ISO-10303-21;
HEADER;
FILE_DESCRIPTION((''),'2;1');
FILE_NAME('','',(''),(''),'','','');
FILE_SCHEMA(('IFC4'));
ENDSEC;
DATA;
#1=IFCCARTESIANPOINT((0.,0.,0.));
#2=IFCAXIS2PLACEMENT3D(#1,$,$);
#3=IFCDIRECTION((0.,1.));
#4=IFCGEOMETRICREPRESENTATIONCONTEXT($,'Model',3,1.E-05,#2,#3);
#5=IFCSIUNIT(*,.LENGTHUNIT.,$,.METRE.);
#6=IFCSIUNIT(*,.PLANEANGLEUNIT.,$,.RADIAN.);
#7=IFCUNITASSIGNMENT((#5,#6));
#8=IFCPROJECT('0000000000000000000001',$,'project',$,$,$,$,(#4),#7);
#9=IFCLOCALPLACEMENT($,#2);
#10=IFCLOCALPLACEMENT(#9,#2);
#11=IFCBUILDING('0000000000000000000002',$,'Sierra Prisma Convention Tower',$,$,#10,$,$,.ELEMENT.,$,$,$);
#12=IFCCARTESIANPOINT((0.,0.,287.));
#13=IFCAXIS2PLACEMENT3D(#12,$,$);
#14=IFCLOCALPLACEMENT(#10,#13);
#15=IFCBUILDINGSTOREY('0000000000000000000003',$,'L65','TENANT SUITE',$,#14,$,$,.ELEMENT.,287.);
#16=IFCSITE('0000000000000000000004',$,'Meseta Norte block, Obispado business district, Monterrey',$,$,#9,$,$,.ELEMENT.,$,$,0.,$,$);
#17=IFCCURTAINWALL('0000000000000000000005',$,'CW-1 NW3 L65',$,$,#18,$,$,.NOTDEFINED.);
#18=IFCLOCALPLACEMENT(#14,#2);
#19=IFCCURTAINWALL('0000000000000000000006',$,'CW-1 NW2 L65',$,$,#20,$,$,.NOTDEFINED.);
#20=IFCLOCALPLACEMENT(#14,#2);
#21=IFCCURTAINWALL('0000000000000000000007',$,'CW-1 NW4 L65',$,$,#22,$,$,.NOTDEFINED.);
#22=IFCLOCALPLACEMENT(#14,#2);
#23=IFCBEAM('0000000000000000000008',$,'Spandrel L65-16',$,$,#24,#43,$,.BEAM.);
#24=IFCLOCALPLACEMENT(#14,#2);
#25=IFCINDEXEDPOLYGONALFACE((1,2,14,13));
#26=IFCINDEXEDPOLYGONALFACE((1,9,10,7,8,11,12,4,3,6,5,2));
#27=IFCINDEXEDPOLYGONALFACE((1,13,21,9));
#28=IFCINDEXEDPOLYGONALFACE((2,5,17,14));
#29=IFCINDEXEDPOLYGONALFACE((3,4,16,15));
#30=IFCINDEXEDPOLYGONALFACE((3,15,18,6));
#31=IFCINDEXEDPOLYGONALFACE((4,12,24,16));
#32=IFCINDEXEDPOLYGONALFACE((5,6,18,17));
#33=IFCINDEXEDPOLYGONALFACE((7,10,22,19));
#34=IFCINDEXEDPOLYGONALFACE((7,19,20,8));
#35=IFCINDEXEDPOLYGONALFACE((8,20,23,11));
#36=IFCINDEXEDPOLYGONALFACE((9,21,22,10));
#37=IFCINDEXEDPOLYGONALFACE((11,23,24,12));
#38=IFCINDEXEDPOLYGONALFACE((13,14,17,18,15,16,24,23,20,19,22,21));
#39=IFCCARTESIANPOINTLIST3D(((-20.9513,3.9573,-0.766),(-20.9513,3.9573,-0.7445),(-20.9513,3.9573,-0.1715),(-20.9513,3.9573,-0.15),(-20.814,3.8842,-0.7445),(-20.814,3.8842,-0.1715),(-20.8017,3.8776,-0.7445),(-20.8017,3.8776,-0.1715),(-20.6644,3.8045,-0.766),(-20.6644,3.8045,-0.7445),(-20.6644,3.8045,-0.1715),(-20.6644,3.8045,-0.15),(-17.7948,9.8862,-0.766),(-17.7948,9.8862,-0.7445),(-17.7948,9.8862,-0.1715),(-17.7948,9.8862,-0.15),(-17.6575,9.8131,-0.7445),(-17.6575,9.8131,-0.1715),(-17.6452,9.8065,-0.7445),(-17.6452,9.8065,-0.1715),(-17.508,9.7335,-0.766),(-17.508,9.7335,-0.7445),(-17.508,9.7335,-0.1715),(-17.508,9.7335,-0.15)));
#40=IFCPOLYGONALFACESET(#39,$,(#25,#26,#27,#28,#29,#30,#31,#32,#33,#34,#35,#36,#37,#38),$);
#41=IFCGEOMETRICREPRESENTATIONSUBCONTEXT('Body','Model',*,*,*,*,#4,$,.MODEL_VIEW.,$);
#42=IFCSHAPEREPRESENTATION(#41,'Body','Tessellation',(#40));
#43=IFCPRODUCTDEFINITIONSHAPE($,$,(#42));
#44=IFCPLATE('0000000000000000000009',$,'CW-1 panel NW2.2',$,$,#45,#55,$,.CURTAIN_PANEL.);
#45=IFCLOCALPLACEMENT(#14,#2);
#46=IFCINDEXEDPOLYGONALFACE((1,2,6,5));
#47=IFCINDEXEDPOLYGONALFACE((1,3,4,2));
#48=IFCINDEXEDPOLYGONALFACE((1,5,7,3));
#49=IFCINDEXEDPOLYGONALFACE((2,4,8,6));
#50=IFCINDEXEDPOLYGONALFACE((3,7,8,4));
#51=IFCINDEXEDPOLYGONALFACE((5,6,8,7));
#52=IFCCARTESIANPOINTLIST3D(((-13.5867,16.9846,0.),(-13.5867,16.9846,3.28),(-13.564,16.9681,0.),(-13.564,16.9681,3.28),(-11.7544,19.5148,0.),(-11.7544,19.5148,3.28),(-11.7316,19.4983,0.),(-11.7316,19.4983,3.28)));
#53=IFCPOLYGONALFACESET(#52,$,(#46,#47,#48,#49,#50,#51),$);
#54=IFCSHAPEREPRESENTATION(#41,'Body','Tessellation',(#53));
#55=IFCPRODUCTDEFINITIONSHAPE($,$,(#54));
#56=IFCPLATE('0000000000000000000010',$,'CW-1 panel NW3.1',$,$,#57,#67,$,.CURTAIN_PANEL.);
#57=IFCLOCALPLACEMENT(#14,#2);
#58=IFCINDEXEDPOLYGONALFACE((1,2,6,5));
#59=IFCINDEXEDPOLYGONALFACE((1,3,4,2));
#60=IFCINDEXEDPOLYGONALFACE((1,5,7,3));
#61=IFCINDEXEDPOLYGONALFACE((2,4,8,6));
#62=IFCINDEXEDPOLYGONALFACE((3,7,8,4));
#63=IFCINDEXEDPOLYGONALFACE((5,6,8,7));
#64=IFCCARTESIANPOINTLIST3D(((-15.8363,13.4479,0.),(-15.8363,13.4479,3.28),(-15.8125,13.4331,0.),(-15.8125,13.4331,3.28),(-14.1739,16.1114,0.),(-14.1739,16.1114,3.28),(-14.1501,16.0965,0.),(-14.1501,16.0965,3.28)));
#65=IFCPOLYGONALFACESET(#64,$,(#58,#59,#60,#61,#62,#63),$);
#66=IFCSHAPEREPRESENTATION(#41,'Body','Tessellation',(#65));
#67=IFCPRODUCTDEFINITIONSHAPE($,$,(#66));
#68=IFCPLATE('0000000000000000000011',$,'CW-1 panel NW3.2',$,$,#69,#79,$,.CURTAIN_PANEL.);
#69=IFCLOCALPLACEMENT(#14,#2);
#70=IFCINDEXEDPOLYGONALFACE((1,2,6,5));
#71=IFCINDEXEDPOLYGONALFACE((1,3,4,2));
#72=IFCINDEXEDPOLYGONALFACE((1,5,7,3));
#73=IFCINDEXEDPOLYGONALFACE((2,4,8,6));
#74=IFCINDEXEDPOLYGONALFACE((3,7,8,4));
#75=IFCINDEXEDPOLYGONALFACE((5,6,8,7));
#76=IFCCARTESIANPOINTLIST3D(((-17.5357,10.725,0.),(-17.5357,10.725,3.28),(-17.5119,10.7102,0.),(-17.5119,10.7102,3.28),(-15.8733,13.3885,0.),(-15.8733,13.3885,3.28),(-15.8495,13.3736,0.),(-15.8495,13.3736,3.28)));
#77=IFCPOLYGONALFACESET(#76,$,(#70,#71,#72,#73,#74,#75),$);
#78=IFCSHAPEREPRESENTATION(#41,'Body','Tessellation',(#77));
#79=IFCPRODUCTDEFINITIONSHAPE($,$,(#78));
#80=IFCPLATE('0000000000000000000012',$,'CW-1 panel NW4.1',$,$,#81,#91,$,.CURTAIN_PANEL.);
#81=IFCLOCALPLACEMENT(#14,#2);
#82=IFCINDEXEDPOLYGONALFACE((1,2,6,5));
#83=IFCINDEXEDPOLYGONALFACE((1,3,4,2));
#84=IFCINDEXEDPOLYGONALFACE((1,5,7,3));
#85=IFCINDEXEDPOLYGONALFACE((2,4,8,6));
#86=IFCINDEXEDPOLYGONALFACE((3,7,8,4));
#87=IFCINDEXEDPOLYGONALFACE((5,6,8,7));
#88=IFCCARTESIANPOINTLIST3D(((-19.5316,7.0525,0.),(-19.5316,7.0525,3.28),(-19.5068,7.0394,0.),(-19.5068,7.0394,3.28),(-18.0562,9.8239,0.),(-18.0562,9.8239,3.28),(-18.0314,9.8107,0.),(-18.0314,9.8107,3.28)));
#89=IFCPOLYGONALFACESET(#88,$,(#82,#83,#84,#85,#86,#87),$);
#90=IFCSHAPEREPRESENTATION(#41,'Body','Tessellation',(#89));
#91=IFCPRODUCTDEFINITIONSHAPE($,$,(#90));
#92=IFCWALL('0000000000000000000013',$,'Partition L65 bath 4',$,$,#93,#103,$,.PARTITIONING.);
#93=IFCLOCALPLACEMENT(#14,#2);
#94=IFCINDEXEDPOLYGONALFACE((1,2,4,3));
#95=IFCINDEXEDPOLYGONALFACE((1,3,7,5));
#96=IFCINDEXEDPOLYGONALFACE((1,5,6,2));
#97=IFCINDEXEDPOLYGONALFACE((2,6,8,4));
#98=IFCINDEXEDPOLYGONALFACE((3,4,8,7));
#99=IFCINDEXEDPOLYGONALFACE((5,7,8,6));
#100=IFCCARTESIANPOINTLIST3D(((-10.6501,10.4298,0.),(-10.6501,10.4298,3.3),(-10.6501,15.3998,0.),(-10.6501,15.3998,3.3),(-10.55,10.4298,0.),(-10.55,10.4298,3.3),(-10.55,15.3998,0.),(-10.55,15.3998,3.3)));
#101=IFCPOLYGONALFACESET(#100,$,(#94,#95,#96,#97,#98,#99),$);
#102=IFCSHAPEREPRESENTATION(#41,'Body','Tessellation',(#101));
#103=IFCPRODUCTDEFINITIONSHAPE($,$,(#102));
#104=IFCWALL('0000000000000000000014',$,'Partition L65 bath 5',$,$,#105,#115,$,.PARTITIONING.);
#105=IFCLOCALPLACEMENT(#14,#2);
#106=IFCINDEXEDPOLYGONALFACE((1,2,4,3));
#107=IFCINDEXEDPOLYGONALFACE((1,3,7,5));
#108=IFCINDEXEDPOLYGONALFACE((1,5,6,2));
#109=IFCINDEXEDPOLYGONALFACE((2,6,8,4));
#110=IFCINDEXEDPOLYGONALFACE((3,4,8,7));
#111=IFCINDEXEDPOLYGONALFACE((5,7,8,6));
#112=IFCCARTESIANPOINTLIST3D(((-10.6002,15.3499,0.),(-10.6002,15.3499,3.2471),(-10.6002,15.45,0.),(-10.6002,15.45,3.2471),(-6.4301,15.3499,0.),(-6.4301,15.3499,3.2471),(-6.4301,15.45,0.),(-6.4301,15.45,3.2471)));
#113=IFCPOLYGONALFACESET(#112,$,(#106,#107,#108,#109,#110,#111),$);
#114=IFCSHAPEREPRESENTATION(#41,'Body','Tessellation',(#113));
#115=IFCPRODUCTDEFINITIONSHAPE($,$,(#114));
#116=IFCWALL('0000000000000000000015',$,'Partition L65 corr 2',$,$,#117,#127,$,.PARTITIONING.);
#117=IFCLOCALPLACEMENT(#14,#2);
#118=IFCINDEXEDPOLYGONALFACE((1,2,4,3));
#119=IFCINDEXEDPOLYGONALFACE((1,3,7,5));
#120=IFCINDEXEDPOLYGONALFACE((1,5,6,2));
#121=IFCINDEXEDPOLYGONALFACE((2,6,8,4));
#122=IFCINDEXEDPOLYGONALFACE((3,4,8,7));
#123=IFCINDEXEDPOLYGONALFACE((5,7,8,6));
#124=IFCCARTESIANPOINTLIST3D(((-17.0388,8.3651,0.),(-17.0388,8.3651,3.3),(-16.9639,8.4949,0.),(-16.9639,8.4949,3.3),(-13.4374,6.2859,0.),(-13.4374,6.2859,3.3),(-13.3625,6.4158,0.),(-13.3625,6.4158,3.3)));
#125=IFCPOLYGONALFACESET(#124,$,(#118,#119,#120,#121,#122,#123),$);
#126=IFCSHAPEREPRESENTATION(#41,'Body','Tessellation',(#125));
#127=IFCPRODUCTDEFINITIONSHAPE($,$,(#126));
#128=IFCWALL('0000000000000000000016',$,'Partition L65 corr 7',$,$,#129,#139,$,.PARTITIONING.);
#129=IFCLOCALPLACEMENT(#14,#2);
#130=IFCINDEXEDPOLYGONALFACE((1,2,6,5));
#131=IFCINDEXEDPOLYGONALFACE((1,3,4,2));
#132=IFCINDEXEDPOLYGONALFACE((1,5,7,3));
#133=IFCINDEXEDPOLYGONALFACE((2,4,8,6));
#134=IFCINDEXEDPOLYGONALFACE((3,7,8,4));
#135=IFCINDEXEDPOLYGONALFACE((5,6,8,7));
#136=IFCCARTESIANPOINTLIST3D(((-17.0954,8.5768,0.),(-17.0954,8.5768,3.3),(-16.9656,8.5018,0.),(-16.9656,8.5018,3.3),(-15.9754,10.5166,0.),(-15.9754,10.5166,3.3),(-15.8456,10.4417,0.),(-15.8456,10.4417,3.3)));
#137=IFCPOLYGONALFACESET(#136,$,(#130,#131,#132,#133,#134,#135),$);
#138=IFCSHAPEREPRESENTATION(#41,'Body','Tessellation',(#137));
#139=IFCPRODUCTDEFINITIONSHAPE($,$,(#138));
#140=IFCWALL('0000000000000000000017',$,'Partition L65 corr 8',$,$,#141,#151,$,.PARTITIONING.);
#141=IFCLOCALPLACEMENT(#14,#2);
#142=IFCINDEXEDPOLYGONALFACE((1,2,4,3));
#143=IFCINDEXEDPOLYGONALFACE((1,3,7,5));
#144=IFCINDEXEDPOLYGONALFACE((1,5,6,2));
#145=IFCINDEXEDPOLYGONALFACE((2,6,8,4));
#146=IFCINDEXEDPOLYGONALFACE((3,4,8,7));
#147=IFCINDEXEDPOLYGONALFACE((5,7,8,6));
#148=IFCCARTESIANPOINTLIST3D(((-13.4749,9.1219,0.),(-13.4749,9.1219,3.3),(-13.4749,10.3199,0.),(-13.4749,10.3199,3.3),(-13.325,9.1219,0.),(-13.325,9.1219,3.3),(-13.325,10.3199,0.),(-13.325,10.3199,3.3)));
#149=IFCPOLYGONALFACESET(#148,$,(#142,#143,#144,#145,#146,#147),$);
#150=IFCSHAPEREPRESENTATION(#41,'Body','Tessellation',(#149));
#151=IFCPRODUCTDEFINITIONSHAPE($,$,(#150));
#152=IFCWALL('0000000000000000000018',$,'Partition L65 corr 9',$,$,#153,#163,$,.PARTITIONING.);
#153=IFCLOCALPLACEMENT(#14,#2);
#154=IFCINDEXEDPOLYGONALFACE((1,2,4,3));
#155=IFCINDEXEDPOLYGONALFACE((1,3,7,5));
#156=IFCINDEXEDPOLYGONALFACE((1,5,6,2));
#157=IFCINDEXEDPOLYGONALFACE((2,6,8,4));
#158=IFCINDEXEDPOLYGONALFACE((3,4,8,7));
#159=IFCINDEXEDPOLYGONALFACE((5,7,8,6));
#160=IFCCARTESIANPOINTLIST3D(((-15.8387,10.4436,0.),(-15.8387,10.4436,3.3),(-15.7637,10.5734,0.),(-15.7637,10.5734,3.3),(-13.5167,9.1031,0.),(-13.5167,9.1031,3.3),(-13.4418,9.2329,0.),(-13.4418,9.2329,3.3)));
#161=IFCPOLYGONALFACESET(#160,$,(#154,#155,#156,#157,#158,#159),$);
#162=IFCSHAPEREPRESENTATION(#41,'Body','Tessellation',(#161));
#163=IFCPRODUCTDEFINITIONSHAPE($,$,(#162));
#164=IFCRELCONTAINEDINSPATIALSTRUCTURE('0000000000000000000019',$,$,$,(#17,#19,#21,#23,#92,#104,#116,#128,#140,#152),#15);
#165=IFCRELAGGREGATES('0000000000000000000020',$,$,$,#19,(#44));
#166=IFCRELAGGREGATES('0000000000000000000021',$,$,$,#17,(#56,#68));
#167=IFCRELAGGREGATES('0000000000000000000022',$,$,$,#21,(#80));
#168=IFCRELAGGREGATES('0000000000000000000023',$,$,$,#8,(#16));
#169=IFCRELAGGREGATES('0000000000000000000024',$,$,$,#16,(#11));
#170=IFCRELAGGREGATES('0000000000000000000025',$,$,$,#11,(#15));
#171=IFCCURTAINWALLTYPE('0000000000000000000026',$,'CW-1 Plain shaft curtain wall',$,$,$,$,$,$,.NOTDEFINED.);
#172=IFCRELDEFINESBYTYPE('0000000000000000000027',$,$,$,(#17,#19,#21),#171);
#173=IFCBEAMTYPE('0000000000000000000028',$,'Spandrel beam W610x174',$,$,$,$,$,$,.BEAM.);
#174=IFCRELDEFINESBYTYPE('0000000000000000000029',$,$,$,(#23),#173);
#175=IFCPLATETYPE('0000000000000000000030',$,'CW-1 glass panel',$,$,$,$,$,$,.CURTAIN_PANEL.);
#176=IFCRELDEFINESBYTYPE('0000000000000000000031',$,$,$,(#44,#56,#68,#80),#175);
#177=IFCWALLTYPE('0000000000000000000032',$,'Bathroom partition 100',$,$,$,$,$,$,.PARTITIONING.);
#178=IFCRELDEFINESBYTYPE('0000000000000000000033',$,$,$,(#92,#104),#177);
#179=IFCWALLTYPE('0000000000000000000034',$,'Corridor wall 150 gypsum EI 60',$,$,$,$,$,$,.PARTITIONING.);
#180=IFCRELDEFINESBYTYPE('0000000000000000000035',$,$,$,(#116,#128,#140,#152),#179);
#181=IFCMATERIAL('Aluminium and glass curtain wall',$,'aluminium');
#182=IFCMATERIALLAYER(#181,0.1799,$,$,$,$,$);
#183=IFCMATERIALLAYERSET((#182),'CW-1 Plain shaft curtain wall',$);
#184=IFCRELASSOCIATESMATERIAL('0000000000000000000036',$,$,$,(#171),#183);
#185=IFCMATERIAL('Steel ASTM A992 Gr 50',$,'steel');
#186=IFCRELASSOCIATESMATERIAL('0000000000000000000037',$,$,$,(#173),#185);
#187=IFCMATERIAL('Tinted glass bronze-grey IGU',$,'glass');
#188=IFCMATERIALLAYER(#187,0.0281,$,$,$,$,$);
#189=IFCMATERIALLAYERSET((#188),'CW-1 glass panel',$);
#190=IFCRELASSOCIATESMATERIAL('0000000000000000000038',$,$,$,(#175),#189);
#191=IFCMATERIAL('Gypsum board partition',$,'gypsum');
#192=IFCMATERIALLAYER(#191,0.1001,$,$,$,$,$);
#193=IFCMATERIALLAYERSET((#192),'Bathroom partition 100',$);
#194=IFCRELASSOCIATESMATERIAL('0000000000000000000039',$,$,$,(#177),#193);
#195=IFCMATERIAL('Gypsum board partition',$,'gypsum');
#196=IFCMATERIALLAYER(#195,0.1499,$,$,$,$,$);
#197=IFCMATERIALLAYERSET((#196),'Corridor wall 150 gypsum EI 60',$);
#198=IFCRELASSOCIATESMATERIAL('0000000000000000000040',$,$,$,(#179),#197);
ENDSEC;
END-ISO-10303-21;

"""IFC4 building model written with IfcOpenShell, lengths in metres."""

from ifc_helpers import new_model, si_unit, direction, frame, frame_2d, origin, origin_2d, place, context, subcontext, project, spatial, rectangle, i_section, extrude, material, layer, layer_set, material_profile, profile_set, type_object, element, aggregate, save


model = new_model("IFC4")

# Units and contexts
model_context = context("Model", 3, precision=1e-05, world=origin(), true_north=direction((0.0, 1.0)))
body_context = subcontext(model_context, "Body", "Model", "MODEL_VIEW")
ifc_project = project(units=[si_unit("LENGTHUNIT", "METRE"), si_unit("PLANEANGLEUNIT", "RADIAN")], contexts=[model_context])

# Site, building, storey
site_placement = place(None, origin())
site = spatial("IfcSite", under=ifc_project, at=site_placement, Name="Meseta Norte block, Obispado business district, Monterrey", CompositionType="ELEMENT", RefElevation=0.0)
building_placement = place(site_placement, origin())
building = spatial("IfcBuilding", under=site, at=building_placement, Name="Sierra Prisma Convention Tower", CompositionType="ELEMENT")
storey_placement = place(building_placement, frame((0.0, 0.0, 287.0)))
storey = spatial("IfcBuildingStorey", under=building, at=storey_placement, Name="L65", Description="TENANT SUITE", CompositionType="ELEMENT", Elevation=287.0)

# Curtain wall
ifc_material_1 = material(Name="Aluminium and glass curtain wall", Category="aluminium")
ifc_layer_1 = layer(ifc_material_1, 0.1799)
ifc_layer_set_1 = layer_set([ifc_layer_1], Name="CW-1 Plain shaft curtain wall")
curtain_wall_type = type_object("IfcCurtainWallType", Name="CW-1 Plain shaft curtain wall", PredefinedType="NOTDEFINED", material=ifc_layer_set_1)
curtain_wall_1_placement = place(storey_placement, origin())
curtain_wall_1 = element("IfcCurtainWall", 1, at=curtain_wall_1_placement, inside=storey, type_object=curtain_wall_type, Name="CW-1 NW3 L65", PredefinedType="NOTDEFINED")

# Curtain wall
curtain_wall_2_placement = place(storey_placement, origin())
curtain_wall_2 = element("IfcCurtainWall", 2, at=curtain_wall_2_placement, inside=storey, type_object=curtain_wall_type, Name="CW-1 NW2 L65", PredefinedType="NOTDEFINED")

# Curtain wall
curtain_wall_3_placement = place(storey_placement, origin())
curtain_wall_3 = element("IfcCurtainWall", 3, at=curtain_wall_3_placement, inside=storey, type_object=curtain_wall_type, Name="CW-1 NW4 L65", PredefinedType="NOTDEFINED")

# Beam
ifc_material_2 = material(Name="Steel ASTM A992 Gr 50", Category="steel")
ifc_material_profile_1 = material_profile(ifc_material_2, i_section(OverallWidth=0.325, OverallDepth=0.616, WebThickness=0.0139, FlangeThickness=0.0215, at=origin_2d()), Name="W610x174")
ifc_profile_set_1 = profile_set([ifc_material_profile_1], Name="Steel ASTM A992 Gr 50")
beam_type_1 = type_object("IfcBeamType", Name="Spandrel beam W610x174", PredefinedType="BEAM", material=ifc_profile_set_1)
beam_1_placement = place(storey_placement, frame((-17.6514, 9.8098, -0.458), z_axis=(-0.469937, -0.8827, 0.0), x_axis=(0.8827, -0.469937, 0.0)))
element("IfcBeam", 4, at=beam_1_placement, inside=storey, type_object=beam_type_1, Name="Spandrel L65-16", PredefinedType="BEAM", context=body_context, shape_type="SweptSolid", body=[
    extrude(i_section(OverallWidth=0.325, OverallDepth=0.616, WebThickness=0.0139, FlangeThickness=0.0215, at=origin_2d()), origin(), (0.0, 0.0, 1.0), 6.7168),
])

# Plates
ifc_material_3 = material(Name="Tinted glass bronze-grey IGU", Category="glass")
ifc_layer_2 = layer(ifc_material_3, 0.0281)
ifc_layer_set_2 = layer_set([ifc_layer_2], Name="CW-1 glass panel")
plate_type = type_object("IfcPlateType", Name="CW-1 glass panel", PredefinedType="CURTAIN_PANEL", material=ifc_layer_set_2)
plate_1_placement = place(storey_placement, frame((-12.6592, 18.2415, 0.0), z_axis=(0.0, 0.0, 1.0), x_axis=(-0.586537, -0.809923, 0.0)))
plate_1 = element("IfcPlate", 5, at=plate_1_placement, type_object=plate_type, Name="CW-1 panel NW2.2", PredefinedType="CURTAIN_PANEL", context=body_context, shape_type="SweptSolid", body=[
    extrude(rectangle(XDim=3.124, YDim=0.0281, at=origin_2d()), origin(), (0.0, 0.0, 1.0), 3.28),
])
aggregate(curtain_wall_2, [plate_1])
plate_2_placement = place(storey_placement, frame((-14.9932, 14.7722, 0.0), z_axis=(0.0, 0.0, 1.0), x_axis=(-0.529483, -0.84832, 0.0)))
plate_2 = element("IfcPlate", 6, at=plate_2_placement, type_object=plate_type, Name="CW-1 panel NW3.1", PredefinedType="CURTAIN_PANEL", context=body_context, shape_type="SweptSolid", body=[
    extrude(rectangle(XDim=3.1396, YDim=0.0281, at=origin_2d()), origin(), (0.0, 0.0, 1.0), 3.28),
])
plate_3_placement = place(storey_placement, frame((-16.6926, 12.0493, 0.0), z_axis=(0.0, 0.0, 1.0), x_axis=(-0.529483, -0.84832, 0.0)))
plate_3 = element("IfcPlate", 7, at=plate_3_placement, type_object=plate_type, Name="CW-1 panel NW3.2", PredefinedType="CURTAIN_PANEL", context=body_context, shape_type="SweptSolid", body=[
    extrude(rectangle(XDim=3.1396, YDim=0.0281, at=origin_2d()), origin(), (0.0, 0.0, 1.0), 3.28),
])
aggregate(curtain_wall_1, [plate_2, plate_3])
plate_4_placement = place(storey_placement, frame((-18.7815, 8.4316, 0.0), z_axis=(0.0, 0.0, 1.0), x_axis=(-0.469925, -0.882706, 0.0)))
plate_4 = element("IfcPlate", 8, at=plate_4_placement, type_object=plate_type, Name="CW-1 panel NW4.1", PredefinedType="CURTAIN_PANEL", context=body_context, shape_type="SweptSolid", body=[
    extrude(rectangle(XDim=3.1396, YDim=0.0281, at=origin_2d()), origin(), (0.0, 0.0, 1.0), 3.28),
])
aggregate(curtain_wall_3, [plate_4])

# Walls
ifc_material_4 = material(Name="Gypsum board partition", Category="gypsum")
ifc_layer_3 = layer(ifc_material_4, 0.1001)
ifc_layer_set_3 = layer_set([ifc_layer_3], Name="Bathroom partition 100")
wall_type_1 = type_object("IfcWallType", Name="Bathroom partition 100", PredefinedType="PARTITIONING", material=ifc_layer_set_3)
wall_1_placement = place(storey_placement, frame((-10.6001, 10.4299, 0.0), z_axis=(0.0, 0.0, 1.0), x_axis=(0.0, 1.0, 0.0)))
element("IfcWall", 9, at=wall_1_placement, inside=storey, type_object=wall_type_1, Name="Partition L65 bath 4", PredefinedType="PARTITIONING", context=body_context, shape_type="SweptSolid", body=[
    extrude(rectangle(XDim=4.97, YDim=0.1001, at=frame_2d((2.4849, 0.0))), origin(), (0.0, 0.0, 1.0), 3.3),
])
wall_2_placement = place(storey_placement, frame((-10.6001, 15.3999, 0.0), z_axis=(0.0, 0.0, 1.0), x_axis=(1.0, 0.0, 0.0)))
element("IfcWall", 10, at=wall_2_placement, inside=storey, type_object=wall_type_1, Name="Partition L65 bath 5", PredefinedType="PARTITIONING", context=body_context, shape_type="SweptSolid", body=[
    extrude(rectangle(XDim=4.1702, YDim=0.1001, at=frame_2d((2.085, 0.0))), origin(), (0.0, 0.0, 1.0), 3.2471),
])
ifc_material_5 = material(Name="Gypsum board partition", Category="gypsum")
ifc_layer_4 = layer(ifc_material_5, 0.1499)
ifc_layer_set_4 = layer_set([ifc_layer_4], Name="Corridor wall 150 gypsum EI 60")
wall_type_2 = type_object("IfcWallType", Name="Corridor wall 150 gypsum EI 60", PredefinedType="PARTITIONING", material=ifc_layer_set_4)
wall_3_placement = place(storey_placement, frame((-17.0012, 8.4299, 0.0), z_axis=(0.0, 0.0, 1.0), x_axis=(0.866038, -0.499978, 0.0)))
element("IfcWall", 11, at=wall_3_placement, inside=storey, type_object=wall_type_2, Name="Partition L65 corr 2", PredefinedType="PARTITIONING", context=body_context, shape_type="SweptSolid", body=[
    extrude(rectangle(XDim=4.1584, YDim=0.1499, at=frame_2d((2.0791, 0.0))), origin(), (0.0, 0.0, 1.0), 3.3),
])
wall_4_placement = place(storey_placement, frame((-15.9104, 10.4792, 0.0), z_axis=(0.0, 0.0, 1.0), x_axis=(-0.500031, -0.866008, 0.0)))
element("IfcWall", 12, at=wall_4_placement, inside=storey, type_object=wall_type_2, Name="Partition L65 corr 7", PredefinedType="PARTITIONING", context=body_context, shape_type="SweptSolid", body=[
    extrude(rectangle(XDim=2.24, YDim=0.1499, at=frame_2d((1.1201, 0.0))), origin(), (0.0, 0.0, 1.0), 3.3),
])
wall_5_placement = place(storey_placement, frame((-13.3999, 10.3201, 0.0), z_axis=(0.0, 0.0, 1.0), x_axis=(0.0, -1.0, 0.0)))
element("IfcWall", 13, at=wall_5_placement, inside=storey, type_object=wall_type_2, Name="Partition L65 corr 8", PredefinedType="PARTITIONING", context=body_context, shape_type="SweptSolid", body=[
    extrude(rectangle(XDim=1.198, YDim=0.1499, at=frame_2d((0.5991, 0.0))), origin(), (0.0, 0.0, 1.0), 3.3),
])
wall_6_placement = place(storey_placement, frame((-13.4792, 9.168, 0.0), z_axis=(0.0, 0.0, 1.0), x_axis=(-0.866032, 0.499988, 0.0)))
element("IfcWall", 14, at=wall_6_placement, inside=storey, type_object=wall_type_2, Name="Partition L65 corr 9", PredefinedType="PARTITIONING", context=body_context, shape_type="SweptSolid", body=[
    extrude(rectangle(XDim=2.6812, YDim=0.1499, at=frame_2d((1.3406, 0.0))), origin(), (0.0, 0.0, 1.0), 3.3),
])

save(model, "model.ifc")
